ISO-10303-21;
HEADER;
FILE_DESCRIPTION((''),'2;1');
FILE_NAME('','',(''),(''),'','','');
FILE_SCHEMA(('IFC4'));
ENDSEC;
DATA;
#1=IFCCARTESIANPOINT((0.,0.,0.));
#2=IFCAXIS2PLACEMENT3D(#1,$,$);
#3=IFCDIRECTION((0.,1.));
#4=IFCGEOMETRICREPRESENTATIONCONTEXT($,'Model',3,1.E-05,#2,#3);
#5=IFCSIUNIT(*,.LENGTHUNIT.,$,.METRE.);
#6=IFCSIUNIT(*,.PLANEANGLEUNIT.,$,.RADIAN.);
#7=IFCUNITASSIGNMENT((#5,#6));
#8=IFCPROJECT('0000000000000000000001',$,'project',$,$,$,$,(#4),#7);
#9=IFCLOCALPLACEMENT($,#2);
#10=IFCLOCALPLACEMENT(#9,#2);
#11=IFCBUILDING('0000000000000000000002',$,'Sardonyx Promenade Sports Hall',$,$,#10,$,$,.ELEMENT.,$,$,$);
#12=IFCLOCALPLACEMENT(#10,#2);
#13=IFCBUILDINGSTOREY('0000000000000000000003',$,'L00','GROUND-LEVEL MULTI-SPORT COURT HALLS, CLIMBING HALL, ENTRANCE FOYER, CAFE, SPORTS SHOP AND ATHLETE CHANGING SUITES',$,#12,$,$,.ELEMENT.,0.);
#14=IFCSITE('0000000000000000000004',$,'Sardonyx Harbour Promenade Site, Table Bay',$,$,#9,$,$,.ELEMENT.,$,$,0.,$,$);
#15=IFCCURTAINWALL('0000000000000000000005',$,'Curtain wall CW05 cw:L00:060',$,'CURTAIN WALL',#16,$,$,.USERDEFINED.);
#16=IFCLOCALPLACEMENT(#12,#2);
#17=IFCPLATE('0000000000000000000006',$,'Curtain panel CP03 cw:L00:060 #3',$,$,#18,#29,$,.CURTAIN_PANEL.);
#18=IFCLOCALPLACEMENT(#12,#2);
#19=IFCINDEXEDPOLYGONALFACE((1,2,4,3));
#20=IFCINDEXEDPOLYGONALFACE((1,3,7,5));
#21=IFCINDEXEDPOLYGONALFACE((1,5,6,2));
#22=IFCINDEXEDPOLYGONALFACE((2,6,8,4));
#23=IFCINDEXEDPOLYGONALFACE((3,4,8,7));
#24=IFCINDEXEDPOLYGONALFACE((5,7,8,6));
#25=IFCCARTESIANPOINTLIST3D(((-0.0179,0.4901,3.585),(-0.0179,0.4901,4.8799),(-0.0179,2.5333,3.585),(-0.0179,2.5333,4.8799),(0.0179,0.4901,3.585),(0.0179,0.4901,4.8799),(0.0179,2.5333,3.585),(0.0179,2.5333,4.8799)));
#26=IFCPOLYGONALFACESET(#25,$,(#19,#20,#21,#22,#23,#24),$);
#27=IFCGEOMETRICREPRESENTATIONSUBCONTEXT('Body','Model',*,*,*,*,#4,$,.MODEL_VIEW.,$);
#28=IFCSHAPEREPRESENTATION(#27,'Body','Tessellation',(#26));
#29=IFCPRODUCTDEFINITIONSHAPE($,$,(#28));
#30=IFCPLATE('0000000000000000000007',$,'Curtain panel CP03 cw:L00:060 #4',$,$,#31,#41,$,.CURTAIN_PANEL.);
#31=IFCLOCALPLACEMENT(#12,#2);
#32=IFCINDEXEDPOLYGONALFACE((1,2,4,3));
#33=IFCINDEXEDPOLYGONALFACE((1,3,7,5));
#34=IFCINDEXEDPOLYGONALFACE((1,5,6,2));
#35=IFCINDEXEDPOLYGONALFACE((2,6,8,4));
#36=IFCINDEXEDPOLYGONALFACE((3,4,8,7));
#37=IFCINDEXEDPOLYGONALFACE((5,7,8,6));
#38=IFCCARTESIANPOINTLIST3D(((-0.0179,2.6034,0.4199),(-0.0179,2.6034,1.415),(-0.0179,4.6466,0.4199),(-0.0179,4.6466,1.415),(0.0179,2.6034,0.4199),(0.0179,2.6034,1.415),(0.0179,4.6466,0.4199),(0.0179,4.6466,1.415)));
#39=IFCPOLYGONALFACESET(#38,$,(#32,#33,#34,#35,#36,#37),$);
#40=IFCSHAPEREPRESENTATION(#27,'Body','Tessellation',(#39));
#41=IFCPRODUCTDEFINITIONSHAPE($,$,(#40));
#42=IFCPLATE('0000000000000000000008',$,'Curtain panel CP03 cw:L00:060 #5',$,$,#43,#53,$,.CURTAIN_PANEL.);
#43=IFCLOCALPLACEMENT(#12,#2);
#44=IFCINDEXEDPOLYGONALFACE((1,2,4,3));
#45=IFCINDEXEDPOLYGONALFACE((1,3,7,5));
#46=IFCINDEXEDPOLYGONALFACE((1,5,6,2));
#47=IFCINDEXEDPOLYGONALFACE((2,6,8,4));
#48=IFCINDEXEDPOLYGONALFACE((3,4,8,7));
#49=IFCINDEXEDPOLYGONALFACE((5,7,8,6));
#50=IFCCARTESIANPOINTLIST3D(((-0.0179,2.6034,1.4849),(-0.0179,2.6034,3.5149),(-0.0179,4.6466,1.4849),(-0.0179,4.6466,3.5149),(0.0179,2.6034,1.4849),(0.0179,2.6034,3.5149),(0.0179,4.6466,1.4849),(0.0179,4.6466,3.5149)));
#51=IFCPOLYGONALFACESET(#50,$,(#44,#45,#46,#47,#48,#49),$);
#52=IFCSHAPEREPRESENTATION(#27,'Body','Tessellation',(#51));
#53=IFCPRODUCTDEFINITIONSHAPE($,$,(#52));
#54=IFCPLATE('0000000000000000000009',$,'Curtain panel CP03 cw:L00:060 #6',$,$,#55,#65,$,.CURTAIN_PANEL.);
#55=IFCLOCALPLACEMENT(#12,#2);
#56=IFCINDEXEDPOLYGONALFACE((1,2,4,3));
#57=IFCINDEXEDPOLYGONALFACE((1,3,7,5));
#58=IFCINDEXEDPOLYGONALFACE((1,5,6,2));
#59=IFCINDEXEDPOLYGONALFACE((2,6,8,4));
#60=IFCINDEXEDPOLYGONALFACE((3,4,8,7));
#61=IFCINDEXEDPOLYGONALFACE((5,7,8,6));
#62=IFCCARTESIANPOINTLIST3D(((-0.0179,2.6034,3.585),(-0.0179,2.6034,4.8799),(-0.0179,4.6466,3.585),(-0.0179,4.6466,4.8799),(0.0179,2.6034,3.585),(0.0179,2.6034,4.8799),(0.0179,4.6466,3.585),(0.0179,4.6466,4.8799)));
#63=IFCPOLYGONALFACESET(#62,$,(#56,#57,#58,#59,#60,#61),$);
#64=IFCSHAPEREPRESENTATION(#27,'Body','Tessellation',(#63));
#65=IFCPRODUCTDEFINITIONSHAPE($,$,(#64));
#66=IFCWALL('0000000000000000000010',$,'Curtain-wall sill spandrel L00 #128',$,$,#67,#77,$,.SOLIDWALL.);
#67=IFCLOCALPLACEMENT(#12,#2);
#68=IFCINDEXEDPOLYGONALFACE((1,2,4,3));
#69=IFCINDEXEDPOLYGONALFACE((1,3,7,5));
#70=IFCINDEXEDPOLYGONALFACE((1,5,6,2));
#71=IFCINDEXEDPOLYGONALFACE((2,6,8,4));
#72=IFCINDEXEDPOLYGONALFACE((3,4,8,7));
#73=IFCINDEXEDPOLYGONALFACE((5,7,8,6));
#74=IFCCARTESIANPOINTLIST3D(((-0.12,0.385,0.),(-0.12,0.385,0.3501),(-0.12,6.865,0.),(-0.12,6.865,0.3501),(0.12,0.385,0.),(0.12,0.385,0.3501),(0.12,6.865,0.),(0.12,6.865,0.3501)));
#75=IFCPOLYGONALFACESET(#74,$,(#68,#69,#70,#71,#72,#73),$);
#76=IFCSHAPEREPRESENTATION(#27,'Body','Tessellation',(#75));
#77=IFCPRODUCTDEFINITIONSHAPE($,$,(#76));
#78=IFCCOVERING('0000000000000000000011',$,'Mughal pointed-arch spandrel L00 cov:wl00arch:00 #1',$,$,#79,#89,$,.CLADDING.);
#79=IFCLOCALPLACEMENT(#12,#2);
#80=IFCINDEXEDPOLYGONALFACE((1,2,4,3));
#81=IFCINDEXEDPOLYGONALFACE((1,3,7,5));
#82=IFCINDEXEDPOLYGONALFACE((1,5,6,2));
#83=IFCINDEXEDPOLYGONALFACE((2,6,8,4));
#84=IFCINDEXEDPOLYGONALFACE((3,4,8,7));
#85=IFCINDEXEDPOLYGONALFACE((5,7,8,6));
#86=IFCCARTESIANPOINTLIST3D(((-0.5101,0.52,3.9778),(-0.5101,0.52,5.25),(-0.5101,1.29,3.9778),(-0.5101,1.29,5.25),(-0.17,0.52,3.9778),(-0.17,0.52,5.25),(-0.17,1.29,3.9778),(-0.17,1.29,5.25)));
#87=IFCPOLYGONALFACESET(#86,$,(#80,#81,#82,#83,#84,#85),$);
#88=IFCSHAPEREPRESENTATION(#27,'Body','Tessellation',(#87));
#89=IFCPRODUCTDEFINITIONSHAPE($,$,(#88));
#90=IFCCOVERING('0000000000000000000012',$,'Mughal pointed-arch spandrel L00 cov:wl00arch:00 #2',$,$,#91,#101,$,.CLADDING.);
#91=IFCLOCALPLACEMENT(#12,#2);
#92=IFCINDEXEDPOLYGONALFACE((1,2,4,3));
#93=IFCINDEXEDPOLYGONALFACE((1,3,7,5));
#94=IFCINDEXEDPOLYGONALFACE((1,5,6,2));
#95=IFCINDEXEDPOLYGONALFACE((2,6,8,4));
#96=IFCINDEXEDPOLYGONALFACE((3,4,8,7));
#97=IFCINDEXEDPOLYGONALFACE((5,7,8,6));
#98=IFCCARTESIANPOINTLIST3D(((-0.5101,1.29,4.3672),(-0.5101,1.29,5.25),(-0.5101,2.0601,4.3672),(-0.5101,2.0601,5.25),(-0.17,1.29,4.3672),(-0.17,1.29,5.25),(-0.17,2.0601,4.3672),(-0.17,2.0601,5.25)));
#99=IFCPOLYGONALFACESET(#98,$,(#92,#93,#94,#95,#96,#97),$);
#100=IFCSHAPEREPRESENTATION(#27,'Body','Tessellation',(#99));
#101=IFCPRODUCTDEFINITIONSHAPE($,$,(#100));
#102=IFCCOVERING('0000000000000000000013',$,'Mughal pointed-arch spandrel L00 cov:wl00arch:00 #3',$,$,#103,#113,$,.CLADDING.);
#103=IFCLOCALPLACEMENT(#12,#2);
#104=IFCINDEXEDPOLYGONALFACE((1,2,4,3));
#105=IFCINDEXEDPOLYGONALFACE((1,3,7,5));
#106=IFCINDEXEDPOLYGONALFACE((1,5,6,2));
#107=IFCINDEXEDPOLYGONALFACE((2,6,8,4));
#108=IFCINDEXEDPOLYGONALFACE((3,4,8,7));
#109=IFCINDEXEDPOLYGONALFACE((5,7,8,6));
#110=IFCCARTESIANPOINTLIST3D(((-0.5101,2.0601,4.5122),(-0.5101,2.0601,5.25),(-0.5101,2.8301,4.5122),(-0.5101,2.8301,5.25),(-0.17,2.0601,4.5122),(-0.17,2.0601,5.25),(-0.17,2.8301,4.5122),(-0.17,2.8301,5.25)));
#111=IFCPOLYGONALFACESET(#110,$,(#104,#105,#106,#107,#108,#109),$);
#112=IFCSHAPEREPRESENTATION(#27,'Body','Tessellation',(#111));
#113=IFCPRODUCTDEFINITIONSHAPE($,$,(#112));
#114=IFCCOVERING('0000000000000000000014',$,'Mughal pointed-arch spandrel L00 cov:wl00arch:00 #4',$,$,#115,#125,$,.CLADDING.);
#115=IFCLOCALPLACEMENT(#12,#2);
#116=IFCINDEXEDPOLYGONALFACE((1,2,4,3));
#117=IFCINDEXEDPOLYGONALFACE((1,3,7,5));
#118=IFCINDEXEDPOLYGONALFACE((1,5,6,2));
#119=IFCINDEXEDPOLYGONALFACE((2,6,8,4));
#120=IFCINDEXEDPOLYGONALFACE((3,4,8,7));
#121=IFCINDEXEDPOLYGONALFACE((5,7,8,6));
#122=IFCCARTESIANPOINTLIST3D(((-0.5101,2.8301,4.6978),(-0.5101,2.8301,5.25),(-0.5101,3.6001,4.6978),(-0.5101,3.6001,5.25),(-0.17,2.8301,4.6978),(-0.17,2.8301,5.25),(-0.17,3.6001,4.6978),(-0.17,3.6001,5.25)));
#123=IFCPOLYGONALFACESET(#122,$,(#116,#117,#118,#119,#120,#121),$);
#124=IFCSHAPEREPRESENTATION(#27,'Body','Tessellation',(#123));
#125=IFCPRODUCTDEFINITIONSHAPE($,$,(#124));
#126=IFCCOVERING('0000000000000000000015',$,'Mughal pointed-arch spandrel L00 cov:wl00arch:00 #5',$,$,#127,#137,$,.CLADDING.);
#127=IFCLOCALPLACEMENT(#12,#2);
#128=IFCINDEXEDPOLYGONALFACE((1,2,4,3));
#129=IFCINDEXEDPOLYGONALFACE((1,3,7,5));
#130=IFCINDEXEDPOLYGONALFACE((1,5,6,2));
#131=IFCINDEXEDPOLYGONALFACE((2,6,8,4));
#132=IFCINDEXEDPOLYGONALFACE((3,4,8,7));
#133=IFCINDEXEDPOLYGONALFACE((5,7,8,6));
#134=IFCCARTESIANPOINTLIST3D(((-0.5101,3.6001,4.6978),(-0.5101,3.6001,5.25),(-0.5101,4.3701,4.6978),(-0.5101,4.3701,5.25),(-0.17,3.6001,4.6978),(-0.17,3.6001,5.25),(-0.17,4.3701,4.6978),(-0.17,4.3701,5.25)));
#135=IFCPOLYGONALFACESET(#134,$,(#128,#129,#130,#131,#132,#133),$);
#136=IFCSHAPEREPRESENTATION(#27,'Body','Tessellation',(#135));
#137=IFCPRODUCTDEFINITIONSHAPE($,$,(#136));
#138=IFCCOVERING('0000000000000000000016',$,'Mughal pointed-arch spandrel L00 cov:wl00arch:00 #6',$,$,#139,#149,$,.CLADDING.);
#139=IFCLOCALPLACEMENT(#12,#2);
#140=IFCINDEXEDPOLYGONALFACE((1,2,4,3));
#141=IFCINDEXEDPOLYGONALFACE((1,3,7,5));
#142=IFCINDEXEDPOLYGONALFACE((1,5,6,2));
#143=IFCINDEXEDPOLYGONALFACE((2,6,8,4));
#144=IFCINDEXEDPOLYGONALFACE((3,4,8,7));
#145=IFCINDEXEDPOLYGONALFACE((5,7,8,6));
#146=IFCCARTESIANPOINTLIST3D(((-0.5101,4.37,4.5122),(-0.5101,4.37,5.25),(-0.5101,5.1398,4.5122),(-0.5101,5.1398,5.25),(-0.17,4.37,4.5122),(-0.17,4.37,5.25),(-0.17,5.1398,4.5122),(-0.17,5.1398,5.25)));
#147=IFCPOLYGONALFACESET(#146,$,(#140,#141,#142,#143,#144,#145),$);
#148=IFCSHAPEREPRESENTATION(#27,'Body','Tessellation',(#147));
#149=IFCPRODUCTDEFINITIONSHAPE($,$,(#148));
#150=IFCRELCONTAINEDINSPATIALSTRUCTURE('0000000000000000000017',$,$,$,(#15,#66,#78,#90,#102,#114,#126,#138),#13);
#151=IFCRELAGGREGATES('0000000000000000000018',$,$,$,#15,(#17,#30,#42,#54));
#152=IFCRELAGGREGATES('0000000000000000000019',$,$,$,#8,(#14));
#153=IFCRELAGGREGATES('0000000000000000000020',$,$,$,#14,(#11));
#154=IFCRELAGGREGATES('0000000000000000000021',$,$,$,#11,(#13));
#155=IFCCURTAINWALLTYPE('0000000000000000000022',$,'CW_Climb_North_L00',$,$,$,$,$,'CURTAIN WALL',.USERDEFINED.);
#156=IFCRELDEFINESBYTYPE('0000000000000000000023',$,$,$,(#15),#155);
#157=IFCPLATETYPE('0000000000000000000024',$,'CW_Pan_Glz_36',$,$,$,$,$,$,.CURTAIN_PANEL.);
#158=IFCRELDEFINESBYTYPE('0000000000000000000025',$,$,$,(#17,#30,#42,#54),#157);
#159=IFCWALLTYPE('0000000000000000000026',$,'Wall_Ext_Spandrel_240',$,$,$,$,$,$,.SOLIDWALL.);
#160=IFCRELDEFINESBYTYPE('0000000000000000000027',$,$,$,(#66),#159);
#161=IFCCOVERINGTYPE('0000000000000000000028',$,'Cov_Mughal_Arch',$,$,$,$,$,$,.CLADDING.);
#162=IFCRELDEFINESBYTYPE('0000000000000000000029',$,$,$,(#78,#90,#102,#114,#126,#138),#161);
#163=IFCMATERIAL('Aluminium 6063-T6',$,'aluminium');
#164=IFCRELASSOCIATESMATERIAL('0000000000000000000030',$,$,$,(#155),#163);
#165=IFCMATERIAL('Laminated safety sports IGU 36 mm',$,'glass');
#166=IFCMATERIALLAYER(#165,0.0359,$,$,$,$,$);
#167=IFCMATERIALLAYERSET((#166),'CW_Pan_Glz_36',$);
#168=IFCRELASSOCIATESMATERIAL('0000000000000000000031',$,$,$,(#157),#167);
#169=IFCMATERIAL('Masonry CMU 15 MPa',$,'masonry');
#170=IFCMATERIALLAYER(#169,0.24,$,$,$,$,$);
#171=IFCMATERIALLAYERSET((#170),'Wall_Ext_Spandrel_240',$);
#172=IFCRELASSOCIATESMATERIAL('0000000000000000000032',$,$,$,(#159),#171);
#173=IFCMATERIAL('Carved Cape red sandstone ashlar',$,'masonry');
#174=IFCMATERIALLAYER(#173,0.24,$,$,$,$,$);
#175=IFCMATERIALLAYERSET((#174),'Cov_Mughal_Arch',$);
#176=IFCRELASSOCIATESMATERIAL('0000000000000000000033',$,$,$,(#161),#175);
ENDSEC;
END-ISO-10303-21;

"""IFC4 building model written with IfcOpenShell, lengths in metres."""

from ifc_helpers import new_model, si_unit, direction, frame, frame_2d, origin, origin_2d, place, context, subcontext, project, spatial, rectangle, extrude, material, layer, layer_set, type_object, element, aggregate, save


model = new_model("IFC4")

# Units and contexts
model_context = context("Model", 3, precision=1e-05, world=origin(), true_north=direction((0.0, 1.0)))
body_context = subcontext(model_context, "Body", "Model", "MODEL_VIEW")
ifc_project = project(units=[si_unit("LENGTHUNIT", "METRE"), si_unit("PLANEANGLEUNIT", "RADIAN")], contexts=[model_context])

# Site, building, storey
site_placement = place(None, origin())
site = spatial("IfcSite", under=ifc_project, at=site_placement, Name="Sardonyx Harbour Promenade Site, Table Bay", CompositionType="ELEMENT", RefElevation=0.0)
building_placement = place(site_placement, origin())
building = spatial("IfcBuilding", under=site, at=building_placement, Name="Sardonyx Promenade Sports Hall", CompositionType="ELEMENT")
storey_placement = place(building_placement, origin())
storey = spatial("IfcBuildingStorey", under=building, at=storey_placement, Name="L00", Description="GROUND-LEVEL MULTI-SPORT COURT HALLS, CLIMBING HALL, ENTRANCE FOYER, CAFE, SPORTS SHOP AND ATHLETE CHANGING SUITES", CompositionType="ELEMENT", Elevation=0.0)

# Curtain wall, plates
ifc_material_1 = material(Name="Aluminium 6063-T6", Category="aluminium")
curtain_wall_type = type_object("IfcCurtainWallType", Name="CW_Climb_North_L00", ElementType="CURTAIN WALL", PredefinedType="USERDEFINED", material=ifc_material_1)
curtain_wall_placement = place(storey_placement, origin())
curtain_wall = element("IfcCurtainWall", 1, at=curtain_wall_placement, inside=storey, type_object=curtain_wall_type, Name="Curtain wall CW05 cw:L00:060", ObjectType="CURTAIN WALL", PredefinedType="USERDEFINED")
ifc_material_2 = material(Name="Laminated safety sports IGU 36 mm", Category="glass")
ifc_layer_1 = layer(ifc_material_2, 0.0359)
ifc_layer_set_1 = layer_set([ifc_layer_1], Name="CW_Pan_Glz_36")
plate_type = type_object("IfcPlateType", Name="CW_Pan_Glz_36", PredefinedType="CURTAIN_PANEL", material=ifc_layer_set_1)
plate_1_placement = place(storey_placement, frame((0.0, 1.5117, 3.585), z_axis=(0.0, 0.0, 1.0), x_axis=(0.0, 1.0, 0.0)))
plate_1 = element("IfcPlate", 2, at=plate_1_placement, type_object=plate_type, Name="Curtain panel CP03 cw:L00:060 #3", PredefinedType="CURTAIN_PANEL", context=body_context, shape_type="SweptSolid", body=[
    extrude(rectangle(XDim=2.0432, YDim=0.0359, at=origin_2d()), origin(), (0.0, 0.0, 1.0), 1.2949),
])
plate_2_placement = place(storey_placement, frame((0.0, 3.625, 0.4199), z_axis=(0.0, 0.0, 1.0), x_axis=(0.0, 1.0, 0.0)))
plate_2 = element("IfcPlate", 3, at=plate_2_placement, type_object=plate_type, Name="Curtain panel CP03 cw:L00:060 #4", PredefinedType="CURTAIN_PANEL", context=body_context, shape_type="SweptSolid", body=[
    extrude(rectangle(XDim=2.0432, YDim=0.0359, at=origin_2d()), origin(), (0.0, 0.0, 1.0), 0.9951),
])
plate_3_placement = place(storey_placement, frame((0.0, 3.625, 1.4849), z_axis=(0.0, 0.0, 1.0), x_axis=(0.0, 1.0, 0.0)))
plate_3 = element("IfcPlate", 4, at=plate_3_placement, type_object=plate_type, Name="Curtain panel CP03 cw:L00:060 #5", PredefinedType="CURTAIN_PANEL", context=body_context, shape_type="SweptSolid", body=[
    extrude(rectangle(XDim=2.0432, YDim=0.0359, at=origin_2d()), origin(), (0.0, 0.0, 1.0), 2.03),
])
plate_4_placement = place(storey_placement, frame((0.0, 3.625, 3.585), z_axis=(0.0, 0.0, 1.0), x_axis=(0.0, 1.0, 0.0)))
plate_4 = element("IfcPlate", 5, at=plate_4_placement, type_object=plate_type, Name="Curtain panel CP03 cw:L00:060 #6", PredefinedType="CURTAIN_PANEL", context=body_context, shape_type="SweptSolid", body=[
    extrude(rectangle(XDim=2.0432, YDim=0.0359, at=origin_2d()), origin(), (0.0, 0.0, 1.0), 1.2949),
])
aggregate(curtain_wall, [plate_1, plate_2, plate_3, plate_4])

# Wall
ifc_material_3 = material(Name="Masonry CMU 15 MPa", Category="masonry")
ifc_layer_2 = layer(ifc_material_3, 0.24)
ifc_layer_set_2 = layer_set([ifc_layer_2], Name="Wall_Ext_Spandrel_240")
wall_type = type_object("IfcWallType", Name="Wall_Ext_Spandrel_240", PredefinedType="SOLIDWALL", material=ifc_layer_set_2)
wall_placement = place(storey_placement, frame((0.0, 0.385, 0.0), z_axis=(0.0, 0.0, 1.0), x_axis=(0.0, 1.0, 0.0)))
element("IfcWall", 6, at=wall_placement, inside=storey, type_object=wall_type, Name="Curtain-wall sill spandrel L00 #128", PredefinedType="SOLIDWALL", context=body_context, shape_type="SweptSolid", body=[
    extrude(rectangle(XDim=6.48, YDim=0.24, at=frame_2d((3.24, 0.0))), origin(), (0.0, 0.0, 1.0), 0.3501),
])

# Coverings
ifc_material_4 = material(Name="Carved Cape red sandstone ashlar", Category="masonry")
ifc_layer_3 = layer(ifc_material_4, 0.24)
ifc_layer_set_3 = layer_set([ifc_layer_3], Name="Cov_Mughal_Arch")
covering_type = type_object("IfcCoveringType", Name="Cov_Mughal_Arch", PredefinedType="CLADDING", material=ifc_layer_set_3)
covering_1_placement = place(storey_placement, frame((-0.3401, 0.52, 3.9778), z_axis=(0.0, 0.0, 1.0), x_axis=(0.0, 1.0, 0.0)))
element("IfcCovering", 7, at=covering_1_placement, inside=storey, type_object=covering_type, Name="Mughal pointed-arch spandrel L00 cov:wl00arch:00 #1", PredefinedType="CLADDING", context=body_context, shape_type="SweptSolid", body=[
    extrude(rectangle(XDim=0.77, YDim=0.3401, at=frame_2d((0.385, 0.0))), origin(), (0.0, 0.0, 1.0), 1.2722),
])
covering_2_placement = place(storey_placement, frame((-0.3401, 1.29, 4.3672), z_axis=(0.0, 0.0, 1.0), x_axis=(0.0, 1.0, 0.0)))
element("IfcCovering", 8, at=covering_2_placement, inside=storey, type_object=covering_type, Name="Mughal pointed-arch spandrel L00 cov:wl00arch:00 #2", PredefinedType="CLADDING", context=body_context, shape_type="SweptSolid", body=[
    extrude(rectangle(XDim=0.77, YDim=0.3401, at=frame_2d((0.385, 0.0))), origin(), (0.0, 0.0, 1.0), 0.8828),
])
covering_3_placement = place(storey_placement, frame((-0.3401, 2.0601, 4.5122), z_axis=(0.0, 0.0, 1.0), x_axis=(0.0, 1.0, 0.0)))
element("IfcCovering", 9, at=covering_3_placement, inside=storey, type_object=covering_type, Name="Mughal pointed-arch spandrel L00 cov:wl00arch:00 #3", PredefinedType="CLADDING", context=body_context, shape_type="SweptSolid", body=[
    extrude(rectangle(XDim=0.77, YDim=0.3401, at=frame_2d((0.385, 0.0))), origin(), (0.0, 0.0, 1.0), 0.7378),
])
for number, where, z_axis, x_axis, name in (
    (10, (-0.3401, 2.8301, 4.6978), (0.0, 0.0, 1.0), (0.0, 1.0, 0.0), "Mughal pointed-arch spandrel L00 cov:wl00arch:00 #4"),
    (11, (-0.3401, 3.6001, 4.6978), (0.0, 0.0, 1.0), (0.0, 1.0, 0.0), "Mughal pointed-arch spandrel L00 cov:wl00arch:00 #5"),
):
    element("IfcCovering", number, at=place(storey_placement, frame(where, z_axis=z_axis, x_axis=x_axis)), inside=storey, type_object=covering_type, Name=name, PredefinedType="CLADDING", context=body_context, shape_type="SweptSolid", body=[
        extrude(rectangle(XDim=0.77, YDim=0.3401, at=frame_2d((0.385, 0.0))), origin(), (0.0, 0.0, 1.0), 0.5522),
    ])
covering_4_placement = place(storey_placement, frame((-0.3401, 4.3701, 4.5122), z_axis=(0.0, 0.0, 1.0), x_axis=(0.0, 1.0, 0.0)))
element("IfcCovering", 12, at=covering_4_placement, inside=storey, type_object=covering_type, Name="Mughal pointed-arch spandrel L00 cov:wl00arch:00 #6", PredefinedType="CLADDING", context=body_context, shape_type="SweptSolid", body=[
    extrude(rectangle(XDim=0.7698, YDim=0.3401, at=frame_2d((0.3848, 0.0))), origin(), (0.0, 0.0, 1.0), 0.7378),
])

save(model, "model.ifc")
